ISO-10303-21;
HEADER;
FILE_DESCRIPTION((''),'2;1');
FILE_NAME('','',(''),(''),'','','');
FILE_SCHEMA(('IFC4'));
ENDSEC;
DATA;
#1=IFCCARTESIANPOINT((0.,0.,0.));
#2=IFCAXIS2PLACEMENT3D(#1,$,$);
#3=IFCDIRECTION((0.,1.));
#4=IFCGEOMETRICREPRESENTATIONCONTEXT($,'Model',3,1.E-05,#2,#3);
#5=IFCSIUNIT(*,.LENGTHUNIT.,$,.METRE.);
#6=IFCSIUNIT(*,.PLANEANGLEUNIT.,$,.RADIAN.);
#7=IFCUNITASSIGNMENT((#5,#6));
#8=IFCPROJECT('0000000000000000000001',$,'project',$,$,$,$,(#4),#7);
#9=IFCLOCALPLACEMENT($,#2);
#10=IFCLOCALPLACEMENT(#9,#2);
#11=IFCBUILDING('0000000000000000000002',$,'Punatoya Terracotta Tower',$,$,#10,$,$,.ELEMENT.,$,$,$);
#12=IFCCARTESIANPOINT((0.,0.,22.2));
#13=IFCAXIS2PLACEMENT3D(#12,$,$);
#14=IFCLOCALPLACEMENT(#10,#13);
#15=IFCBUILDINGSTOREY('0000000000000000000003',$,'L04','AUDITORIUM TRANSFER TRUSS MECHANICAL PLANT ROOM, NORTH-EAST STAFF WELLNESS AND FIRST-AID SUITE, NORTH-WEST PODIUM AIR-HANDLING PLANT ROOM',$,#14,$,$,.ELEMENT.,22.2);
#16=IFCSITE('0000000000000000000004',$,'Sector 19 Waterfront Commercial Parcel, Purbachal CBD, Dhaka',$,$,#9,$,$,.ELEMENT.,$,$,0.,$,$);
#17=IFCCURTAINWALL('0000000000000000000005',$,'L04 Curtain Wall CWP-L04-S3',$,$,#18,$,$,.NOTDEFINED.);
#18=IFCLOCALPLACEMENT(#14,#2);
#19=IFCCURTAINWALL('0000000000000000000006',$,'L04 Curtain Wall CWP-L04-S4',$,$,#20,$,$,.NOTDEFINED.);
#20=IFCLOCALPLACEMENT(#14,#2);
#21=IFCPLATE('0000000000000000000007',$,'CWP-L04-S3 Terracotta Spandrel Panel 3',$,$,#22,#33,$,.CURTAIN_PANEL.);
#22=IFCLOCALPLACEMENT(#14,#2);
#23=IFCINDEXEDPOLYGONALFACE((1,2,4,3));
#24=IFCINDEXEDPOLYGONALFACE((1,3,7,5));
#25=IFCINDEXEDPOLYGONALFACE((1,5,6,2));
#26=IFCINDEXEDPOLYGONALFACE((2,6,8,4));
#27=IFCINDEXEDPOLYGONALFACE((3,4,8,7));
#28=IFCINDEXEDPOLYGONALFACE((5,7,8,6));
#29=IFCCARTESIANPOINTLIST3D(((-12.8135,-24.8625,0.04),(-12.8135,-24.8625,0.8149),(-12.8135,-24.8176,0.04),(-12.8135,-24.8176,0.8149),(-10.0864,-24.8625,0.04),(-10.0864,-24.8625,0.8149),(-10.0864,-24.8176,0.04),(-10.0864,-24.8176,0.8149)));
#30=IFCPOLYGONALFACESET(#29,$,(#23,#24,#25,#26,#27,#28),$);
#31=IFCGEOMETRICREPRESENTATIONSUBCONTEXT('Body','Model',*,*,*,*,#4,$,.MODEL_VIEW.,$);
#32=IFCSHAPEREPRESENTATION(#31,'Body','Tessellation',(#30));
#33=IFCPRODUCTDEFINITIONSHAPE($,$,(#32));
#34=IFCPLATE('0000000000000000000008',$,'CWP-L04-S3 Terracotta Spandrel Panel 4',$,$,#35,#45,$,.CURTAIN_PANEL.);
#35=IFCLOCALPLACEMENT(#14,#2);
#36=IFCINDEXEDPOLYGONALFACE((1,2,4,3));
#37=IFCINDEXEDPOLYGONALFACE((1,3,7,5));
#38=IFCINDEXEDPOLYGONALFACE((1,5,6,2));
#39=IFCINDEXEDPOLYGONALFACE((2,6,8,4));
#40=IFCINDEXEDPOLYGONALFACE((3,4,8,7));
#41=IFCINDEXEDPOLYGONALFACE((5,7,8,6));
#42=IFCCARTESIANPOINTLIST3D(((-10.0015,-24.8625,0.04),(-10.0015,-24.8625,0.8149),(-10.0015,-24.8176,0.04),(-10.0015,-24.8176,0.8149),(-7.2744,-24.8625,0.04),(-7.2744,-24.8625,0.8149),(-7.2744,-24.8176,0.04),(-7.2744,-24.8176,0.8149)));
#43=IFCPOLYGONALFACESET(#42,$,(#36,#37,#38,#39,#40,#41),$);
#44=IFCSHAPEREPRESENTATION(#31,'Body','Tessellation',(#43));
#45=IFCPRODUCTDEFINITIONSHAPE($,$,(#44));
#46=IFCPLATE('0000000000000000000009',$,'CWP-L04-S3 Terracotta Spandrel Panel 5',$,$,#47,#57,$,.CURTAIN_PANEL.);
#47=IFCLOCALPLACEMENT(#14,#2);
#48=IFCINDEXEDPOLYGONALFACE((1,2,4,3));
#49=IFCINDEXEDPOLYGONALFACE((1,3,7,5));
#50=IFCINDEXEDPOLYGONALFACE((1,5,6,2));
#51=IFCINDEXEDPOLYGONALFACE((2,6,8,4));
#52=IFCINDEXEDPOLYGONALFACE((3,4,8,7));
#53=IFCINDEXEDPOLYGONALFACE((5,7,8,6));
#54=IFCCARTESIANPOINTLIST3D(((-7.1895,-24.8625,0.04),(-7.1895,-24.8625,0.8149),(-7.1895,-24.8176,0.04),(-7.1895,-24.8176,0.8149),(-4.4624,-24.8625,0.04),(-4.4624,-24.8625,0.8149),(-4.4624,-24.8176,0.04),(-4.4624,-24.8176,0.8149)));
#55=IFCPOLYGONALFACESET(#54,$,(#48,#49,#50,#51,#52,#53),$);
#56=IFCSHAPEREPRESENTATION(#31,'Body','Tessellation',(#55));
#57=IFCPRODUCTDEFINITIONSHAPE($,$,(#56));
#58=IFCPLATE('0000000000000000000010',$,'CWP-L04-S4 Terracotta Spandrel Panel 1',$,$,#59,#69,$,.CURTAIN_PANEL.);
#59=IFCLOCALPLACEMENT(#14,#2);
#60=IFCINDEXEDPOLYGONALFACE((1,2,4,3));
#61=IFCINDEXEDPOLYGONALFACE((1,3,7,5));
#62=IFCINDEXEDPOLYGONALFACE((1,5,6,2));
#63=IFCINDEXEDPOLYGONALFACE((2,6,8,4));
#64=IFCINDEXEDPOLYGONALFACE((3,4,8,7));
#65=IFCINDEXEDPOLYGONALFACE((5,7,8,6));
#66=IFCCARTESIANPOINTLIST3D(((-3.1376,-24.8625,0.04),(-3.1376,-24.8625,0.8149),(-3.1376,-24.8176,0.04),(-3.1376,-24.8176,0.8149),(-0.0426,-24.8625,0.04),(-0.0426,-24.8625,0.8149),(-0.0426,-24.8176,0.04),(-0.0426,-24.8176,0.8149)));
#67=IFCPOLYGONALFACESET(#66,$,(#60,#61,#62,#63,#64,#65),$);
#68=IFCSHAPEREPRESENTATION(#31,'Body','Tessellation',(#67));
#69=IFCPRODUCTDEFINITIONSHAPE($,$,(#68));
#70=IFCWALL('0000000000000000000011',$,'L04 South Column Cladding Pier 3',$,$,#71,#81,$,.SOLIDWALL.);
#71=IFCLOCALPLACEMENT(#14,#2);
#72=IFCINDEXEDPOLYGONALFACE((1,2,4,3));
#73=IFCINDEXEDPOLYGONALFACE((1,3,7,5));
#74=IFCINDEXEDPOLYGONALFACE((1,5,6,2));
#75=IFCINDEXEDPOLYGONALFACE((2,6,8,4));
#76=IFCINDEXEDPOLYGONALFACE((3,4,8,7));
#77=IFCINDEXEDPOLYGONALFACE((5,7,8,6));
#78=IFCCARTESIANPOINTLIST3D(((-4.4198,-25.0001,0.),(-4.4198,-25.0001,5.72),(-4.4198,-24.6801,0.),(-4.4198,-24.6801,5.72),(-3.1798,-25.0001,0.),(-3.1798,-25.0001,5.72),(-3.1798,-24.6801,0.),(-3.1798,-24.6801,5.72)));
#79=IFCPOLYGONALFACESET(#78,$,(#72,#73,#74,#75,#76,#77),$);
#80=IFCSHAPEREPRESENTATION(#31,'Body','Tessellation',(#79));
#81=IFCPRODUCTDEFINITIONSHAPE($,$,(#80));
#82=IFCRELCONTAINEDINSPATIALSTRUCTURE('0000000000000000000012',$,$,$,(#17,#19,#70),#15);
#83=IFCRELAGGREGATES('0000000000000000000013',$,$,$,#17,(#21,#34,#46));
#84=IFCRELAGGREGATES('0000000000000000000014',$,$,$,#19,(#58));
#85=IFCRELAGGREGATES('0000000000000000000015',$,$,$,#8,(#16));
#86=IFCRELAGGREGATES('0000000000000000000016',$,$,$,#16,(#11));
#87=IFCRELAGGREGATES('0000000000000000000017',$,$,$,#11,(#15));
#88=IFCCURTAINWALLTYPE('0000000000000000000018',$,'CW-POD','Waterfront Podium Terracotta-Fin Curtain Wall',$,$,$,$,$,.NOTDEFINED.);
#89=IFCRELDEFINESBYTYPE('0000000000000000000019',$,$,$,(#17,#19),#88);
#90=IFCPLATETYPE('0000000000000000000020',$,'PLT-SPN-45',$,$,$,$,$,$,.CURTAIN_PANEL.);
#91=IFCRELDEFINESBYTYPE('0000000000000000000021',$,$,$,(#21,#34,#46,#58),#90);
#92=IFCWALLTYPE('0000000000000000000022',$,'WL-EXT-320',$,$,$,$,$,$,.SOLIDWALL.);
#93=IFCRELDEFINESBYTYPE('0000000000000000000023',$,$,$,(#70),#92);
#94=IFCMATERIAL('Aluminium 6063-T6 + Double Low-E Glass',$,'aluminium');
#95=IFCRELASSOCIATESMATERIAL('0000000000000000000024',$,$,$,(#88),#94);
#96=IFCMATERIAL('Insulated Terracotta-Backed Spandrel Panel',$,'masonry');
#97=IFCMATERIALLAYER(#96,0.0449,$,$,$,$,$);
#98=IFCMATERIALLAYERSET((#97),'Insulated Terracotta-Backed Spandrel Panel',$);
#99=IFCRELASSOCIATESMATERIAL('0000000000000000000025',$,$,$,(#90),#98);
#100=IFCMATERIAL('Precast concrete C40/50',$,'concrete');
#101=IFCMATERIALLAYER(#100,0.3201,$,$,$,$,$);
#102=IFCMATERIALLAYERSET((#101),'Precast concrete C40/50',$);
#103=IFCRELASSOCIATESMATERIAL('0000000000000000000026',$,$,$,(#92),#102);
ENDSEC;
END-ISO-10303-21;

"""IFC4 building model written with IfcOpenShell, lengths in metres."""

from ifc_helpers import new_model, si_unit, direction, frame, frame_2d, origin, origin_2d, place, context, subcontext, project, spatial, rectangle, extrude, material, layer, layer_set, type_object, element, aggregate, save


model = new_model("IFC4")

# Units and contexts
model_context = context("Model", 3, precision=1e-05, world=origin(), true_north=direction((0.0, 1.0)))
body_context = subcontext(model_context, "Body", "Model", "MODEL_VIEW")
ifc_project = project(units=[si_unit("LENGTHUNIT", "METRE"), si_unit("PLANEANGLEUNIT", "RADIAN")], contexts=[model_context])

# Site, building, storey
site_placement = place(None, origin())
site = spatial("IfcSite", under=ifc_project, at=site_placement, Name="Sector 19 Waterfront Commercial Parcel, Purbachal CBD, Dhaka", CompositionType="ELEMENT", RefElevation=0.0)
building_placement = place(site_placement, origin())
building = spatial("IfcBuilding", under=site, at=building_placement, Name="Punatoya Terracotta Tower", CompositionType="ELEMENT")
storey_placement = place(building_placement, frame((0.0, 0.0, 22.2)))
storey = spatial("IfcBuildingStorey", under=building, at=storey_placement, Name="L04", Description="AUDITORIUM TRANSFER TRUSS MECHANICAL PLANT ROOM, NORTH-EAST STAFF WELLNESS AND FIRST-AID SUITE, NORTH-WEST PODIUM AIR-HANDLING PLANT ROOM", CompositionType="ELEMENT", Elevation=22.2)

# Curtain walls
ifc_material_1 = material(Name="Aluminium 6063-T6 + Double Low-E Glass", Category="aluminium")
curtain_wall_type = type_object("IfcCurtainWallType", Name="CW-POD", Description="Waterfront Podium Terracotta-Fin Curtain Wall", PredefinedType="NOTDEFINED", material=ifc_material_1)
curtain_wall_1_placement = place(storey_placement, origin())
curtain_wall_1 = element("IfcCurtainWall", 1, at=curtain_wall_1_placement, inside=storey, type_object=curtain_wall_type, Name="L04 Curtain Wall CWP-L04-S3", PredefinedType="NOTDEFINED")
curtain_wall_2_placement = place(storey_placement, origin())
curtain_wall_2 = element("IfcCurtainWall", 2, at=curtain_wall_2_placement, inside=storey, type_object=curtain_wall_type, Name="L04 Curtain Wall CWP-L04-S4", PredefinedType="NOTDEFINED")

# Plates
ifc_material_2 = material(Name="Insulated Terracotta-Backed Spandrel Panel", Category="masonry")
ifc_layer_1 = layer(ifc_material_2, 0.0449)
ifc_layer_set_1 = layer_set([ifc_layer_1], Name="Insulated Terracotta-Backed Spandrel Panel")
plate_type_1 = type_object("IfcPlateType", Name="PLT-SPN-45", PredefinedType="CURTAIN_PANEL", material=ifc_layer_set_1)
plate_1_placement = place(storey_placement, frame((-11.45, -24.8401, 0.04), z_axis=(0.0, 0.0, 1.0), x_axis=(1.0, 0.0, 0.0)))
plate_1 = element("IfcPlate", 3, at=plate_1_placement, type_object=plate_type_1, Name="CWP-L04-S3 Terracotta Spandrel Panel 3", PredefinedType="CURTAIN_PANEL", context=body_context, shape_type="SweptSolid", body=[
    extrude(rectangle(XDim=2.7271, YDim=0.0449, at=origin_2d()), origin(), (0.0, 0.0, 1.0), 0.7749),
])
plate_2_placement = place(storey_placement, frame((-8.6379, -24.8401, 0.04), z_axis=(0.0, 0.0, 1.0), x_axis=(1.0, 0.0, 0.0)))
plate_2 = element("IfcPlate", 4, at=plate_2_placement, type_object=plate_type_1, Name="CWP-L04-S3 Terracotta Spandrel Panel 4", PredefinedType="CURTAIN_PANEL", context=body_context, shape_type="SweptSolid", body=[
    extrude(rectangle(XDim=2.7271, YDim=0.0449, at=origin_2d()), origin(), (0.0, 0.0, 1.0), 0.7749),
])
plate_3_placement = place(storey_placement, frame((-5.8259, -24.8401, 0.04), z_axis=(0.0, 0.0, 1.0), x_axis=(1.0, 0.0, 0.0)))
plate_3 = element("IfcPlate", 5, at=plate_3_placement, type_object=plate_type_1, Name="CWP-L04-S3 Terracotta Spandrel Panel 5", PredefinedType="CURTAIN_PANEL", context=body_context, shape_type="SweptSolid", body=[
    extrude(rectangle(XDim=2.7271, YDim=0.0449, at=origin_2d()), origin(), (0.0, 0.0, 1.0), 0.7749),
])
aggregate(curtain_wall_1, [plate_1, plate_2, plate_3])
plate_4_placement = place(storey_placement, frame((-1.5901, -24.8401, 0.04), z_axis=(0.0, 0.0, 1.0), x_axis=(1.0, 0.0, 0.0)))
plate_4 = element("IfcPlate", 6, at=plate_4_placement, type_object=plate_type_1, Name="CWP-L04-S4 Terracotta Spandrel Panel 1", PredefinedType="CURTAIN_PANEL", context=body_context, shape_type="SweptSolid", body=[
    extrude(rectangle(XDim=3.095, YDim=0.0449, at=origin_2d()), origin(), (0.0, 0.0, 1.0), 0.7749),
])
aggregate(curtain_wall_2, [plate_4])

# Wall
ifc_material_3 = material(Name="Precast concrete C40/50", Category="concrete")
ifc_layer_2 = layer(ifc_material_3, 0.3201)
ifc_layer_set_2 = layer_set([ifc_layer_2], Name="Precast concrete C40/50")
wall_type = type_object("IfcWallType", Name="WL-EXT-320", PredefinedType="SOLIDWALL", material=ifc_layer_set_2)
wall_placement = place(storey_placement, frame((-4.4199, -24.8401, 0.0), z_axis=(0.0, 0.0, 1.0), x_axis=(1.0, 0.0, 0.0)))
element("IfcWall", 7, at=wall_placement, inside=storey, type_object=wall_type, Name="L04 South Column Cladding Pier 3", PredefinedType="SOLIDWALL", context=body_context, shape_type="SweptSolid", body=[
    extrude(rectangle(XDim=1.24, YDim=0.3201, at=frame_2d((0.6201, 0.0))), origin(), (0.0, 0.0, 1.0), 5.72),
])

save(model, "model.ifc")
